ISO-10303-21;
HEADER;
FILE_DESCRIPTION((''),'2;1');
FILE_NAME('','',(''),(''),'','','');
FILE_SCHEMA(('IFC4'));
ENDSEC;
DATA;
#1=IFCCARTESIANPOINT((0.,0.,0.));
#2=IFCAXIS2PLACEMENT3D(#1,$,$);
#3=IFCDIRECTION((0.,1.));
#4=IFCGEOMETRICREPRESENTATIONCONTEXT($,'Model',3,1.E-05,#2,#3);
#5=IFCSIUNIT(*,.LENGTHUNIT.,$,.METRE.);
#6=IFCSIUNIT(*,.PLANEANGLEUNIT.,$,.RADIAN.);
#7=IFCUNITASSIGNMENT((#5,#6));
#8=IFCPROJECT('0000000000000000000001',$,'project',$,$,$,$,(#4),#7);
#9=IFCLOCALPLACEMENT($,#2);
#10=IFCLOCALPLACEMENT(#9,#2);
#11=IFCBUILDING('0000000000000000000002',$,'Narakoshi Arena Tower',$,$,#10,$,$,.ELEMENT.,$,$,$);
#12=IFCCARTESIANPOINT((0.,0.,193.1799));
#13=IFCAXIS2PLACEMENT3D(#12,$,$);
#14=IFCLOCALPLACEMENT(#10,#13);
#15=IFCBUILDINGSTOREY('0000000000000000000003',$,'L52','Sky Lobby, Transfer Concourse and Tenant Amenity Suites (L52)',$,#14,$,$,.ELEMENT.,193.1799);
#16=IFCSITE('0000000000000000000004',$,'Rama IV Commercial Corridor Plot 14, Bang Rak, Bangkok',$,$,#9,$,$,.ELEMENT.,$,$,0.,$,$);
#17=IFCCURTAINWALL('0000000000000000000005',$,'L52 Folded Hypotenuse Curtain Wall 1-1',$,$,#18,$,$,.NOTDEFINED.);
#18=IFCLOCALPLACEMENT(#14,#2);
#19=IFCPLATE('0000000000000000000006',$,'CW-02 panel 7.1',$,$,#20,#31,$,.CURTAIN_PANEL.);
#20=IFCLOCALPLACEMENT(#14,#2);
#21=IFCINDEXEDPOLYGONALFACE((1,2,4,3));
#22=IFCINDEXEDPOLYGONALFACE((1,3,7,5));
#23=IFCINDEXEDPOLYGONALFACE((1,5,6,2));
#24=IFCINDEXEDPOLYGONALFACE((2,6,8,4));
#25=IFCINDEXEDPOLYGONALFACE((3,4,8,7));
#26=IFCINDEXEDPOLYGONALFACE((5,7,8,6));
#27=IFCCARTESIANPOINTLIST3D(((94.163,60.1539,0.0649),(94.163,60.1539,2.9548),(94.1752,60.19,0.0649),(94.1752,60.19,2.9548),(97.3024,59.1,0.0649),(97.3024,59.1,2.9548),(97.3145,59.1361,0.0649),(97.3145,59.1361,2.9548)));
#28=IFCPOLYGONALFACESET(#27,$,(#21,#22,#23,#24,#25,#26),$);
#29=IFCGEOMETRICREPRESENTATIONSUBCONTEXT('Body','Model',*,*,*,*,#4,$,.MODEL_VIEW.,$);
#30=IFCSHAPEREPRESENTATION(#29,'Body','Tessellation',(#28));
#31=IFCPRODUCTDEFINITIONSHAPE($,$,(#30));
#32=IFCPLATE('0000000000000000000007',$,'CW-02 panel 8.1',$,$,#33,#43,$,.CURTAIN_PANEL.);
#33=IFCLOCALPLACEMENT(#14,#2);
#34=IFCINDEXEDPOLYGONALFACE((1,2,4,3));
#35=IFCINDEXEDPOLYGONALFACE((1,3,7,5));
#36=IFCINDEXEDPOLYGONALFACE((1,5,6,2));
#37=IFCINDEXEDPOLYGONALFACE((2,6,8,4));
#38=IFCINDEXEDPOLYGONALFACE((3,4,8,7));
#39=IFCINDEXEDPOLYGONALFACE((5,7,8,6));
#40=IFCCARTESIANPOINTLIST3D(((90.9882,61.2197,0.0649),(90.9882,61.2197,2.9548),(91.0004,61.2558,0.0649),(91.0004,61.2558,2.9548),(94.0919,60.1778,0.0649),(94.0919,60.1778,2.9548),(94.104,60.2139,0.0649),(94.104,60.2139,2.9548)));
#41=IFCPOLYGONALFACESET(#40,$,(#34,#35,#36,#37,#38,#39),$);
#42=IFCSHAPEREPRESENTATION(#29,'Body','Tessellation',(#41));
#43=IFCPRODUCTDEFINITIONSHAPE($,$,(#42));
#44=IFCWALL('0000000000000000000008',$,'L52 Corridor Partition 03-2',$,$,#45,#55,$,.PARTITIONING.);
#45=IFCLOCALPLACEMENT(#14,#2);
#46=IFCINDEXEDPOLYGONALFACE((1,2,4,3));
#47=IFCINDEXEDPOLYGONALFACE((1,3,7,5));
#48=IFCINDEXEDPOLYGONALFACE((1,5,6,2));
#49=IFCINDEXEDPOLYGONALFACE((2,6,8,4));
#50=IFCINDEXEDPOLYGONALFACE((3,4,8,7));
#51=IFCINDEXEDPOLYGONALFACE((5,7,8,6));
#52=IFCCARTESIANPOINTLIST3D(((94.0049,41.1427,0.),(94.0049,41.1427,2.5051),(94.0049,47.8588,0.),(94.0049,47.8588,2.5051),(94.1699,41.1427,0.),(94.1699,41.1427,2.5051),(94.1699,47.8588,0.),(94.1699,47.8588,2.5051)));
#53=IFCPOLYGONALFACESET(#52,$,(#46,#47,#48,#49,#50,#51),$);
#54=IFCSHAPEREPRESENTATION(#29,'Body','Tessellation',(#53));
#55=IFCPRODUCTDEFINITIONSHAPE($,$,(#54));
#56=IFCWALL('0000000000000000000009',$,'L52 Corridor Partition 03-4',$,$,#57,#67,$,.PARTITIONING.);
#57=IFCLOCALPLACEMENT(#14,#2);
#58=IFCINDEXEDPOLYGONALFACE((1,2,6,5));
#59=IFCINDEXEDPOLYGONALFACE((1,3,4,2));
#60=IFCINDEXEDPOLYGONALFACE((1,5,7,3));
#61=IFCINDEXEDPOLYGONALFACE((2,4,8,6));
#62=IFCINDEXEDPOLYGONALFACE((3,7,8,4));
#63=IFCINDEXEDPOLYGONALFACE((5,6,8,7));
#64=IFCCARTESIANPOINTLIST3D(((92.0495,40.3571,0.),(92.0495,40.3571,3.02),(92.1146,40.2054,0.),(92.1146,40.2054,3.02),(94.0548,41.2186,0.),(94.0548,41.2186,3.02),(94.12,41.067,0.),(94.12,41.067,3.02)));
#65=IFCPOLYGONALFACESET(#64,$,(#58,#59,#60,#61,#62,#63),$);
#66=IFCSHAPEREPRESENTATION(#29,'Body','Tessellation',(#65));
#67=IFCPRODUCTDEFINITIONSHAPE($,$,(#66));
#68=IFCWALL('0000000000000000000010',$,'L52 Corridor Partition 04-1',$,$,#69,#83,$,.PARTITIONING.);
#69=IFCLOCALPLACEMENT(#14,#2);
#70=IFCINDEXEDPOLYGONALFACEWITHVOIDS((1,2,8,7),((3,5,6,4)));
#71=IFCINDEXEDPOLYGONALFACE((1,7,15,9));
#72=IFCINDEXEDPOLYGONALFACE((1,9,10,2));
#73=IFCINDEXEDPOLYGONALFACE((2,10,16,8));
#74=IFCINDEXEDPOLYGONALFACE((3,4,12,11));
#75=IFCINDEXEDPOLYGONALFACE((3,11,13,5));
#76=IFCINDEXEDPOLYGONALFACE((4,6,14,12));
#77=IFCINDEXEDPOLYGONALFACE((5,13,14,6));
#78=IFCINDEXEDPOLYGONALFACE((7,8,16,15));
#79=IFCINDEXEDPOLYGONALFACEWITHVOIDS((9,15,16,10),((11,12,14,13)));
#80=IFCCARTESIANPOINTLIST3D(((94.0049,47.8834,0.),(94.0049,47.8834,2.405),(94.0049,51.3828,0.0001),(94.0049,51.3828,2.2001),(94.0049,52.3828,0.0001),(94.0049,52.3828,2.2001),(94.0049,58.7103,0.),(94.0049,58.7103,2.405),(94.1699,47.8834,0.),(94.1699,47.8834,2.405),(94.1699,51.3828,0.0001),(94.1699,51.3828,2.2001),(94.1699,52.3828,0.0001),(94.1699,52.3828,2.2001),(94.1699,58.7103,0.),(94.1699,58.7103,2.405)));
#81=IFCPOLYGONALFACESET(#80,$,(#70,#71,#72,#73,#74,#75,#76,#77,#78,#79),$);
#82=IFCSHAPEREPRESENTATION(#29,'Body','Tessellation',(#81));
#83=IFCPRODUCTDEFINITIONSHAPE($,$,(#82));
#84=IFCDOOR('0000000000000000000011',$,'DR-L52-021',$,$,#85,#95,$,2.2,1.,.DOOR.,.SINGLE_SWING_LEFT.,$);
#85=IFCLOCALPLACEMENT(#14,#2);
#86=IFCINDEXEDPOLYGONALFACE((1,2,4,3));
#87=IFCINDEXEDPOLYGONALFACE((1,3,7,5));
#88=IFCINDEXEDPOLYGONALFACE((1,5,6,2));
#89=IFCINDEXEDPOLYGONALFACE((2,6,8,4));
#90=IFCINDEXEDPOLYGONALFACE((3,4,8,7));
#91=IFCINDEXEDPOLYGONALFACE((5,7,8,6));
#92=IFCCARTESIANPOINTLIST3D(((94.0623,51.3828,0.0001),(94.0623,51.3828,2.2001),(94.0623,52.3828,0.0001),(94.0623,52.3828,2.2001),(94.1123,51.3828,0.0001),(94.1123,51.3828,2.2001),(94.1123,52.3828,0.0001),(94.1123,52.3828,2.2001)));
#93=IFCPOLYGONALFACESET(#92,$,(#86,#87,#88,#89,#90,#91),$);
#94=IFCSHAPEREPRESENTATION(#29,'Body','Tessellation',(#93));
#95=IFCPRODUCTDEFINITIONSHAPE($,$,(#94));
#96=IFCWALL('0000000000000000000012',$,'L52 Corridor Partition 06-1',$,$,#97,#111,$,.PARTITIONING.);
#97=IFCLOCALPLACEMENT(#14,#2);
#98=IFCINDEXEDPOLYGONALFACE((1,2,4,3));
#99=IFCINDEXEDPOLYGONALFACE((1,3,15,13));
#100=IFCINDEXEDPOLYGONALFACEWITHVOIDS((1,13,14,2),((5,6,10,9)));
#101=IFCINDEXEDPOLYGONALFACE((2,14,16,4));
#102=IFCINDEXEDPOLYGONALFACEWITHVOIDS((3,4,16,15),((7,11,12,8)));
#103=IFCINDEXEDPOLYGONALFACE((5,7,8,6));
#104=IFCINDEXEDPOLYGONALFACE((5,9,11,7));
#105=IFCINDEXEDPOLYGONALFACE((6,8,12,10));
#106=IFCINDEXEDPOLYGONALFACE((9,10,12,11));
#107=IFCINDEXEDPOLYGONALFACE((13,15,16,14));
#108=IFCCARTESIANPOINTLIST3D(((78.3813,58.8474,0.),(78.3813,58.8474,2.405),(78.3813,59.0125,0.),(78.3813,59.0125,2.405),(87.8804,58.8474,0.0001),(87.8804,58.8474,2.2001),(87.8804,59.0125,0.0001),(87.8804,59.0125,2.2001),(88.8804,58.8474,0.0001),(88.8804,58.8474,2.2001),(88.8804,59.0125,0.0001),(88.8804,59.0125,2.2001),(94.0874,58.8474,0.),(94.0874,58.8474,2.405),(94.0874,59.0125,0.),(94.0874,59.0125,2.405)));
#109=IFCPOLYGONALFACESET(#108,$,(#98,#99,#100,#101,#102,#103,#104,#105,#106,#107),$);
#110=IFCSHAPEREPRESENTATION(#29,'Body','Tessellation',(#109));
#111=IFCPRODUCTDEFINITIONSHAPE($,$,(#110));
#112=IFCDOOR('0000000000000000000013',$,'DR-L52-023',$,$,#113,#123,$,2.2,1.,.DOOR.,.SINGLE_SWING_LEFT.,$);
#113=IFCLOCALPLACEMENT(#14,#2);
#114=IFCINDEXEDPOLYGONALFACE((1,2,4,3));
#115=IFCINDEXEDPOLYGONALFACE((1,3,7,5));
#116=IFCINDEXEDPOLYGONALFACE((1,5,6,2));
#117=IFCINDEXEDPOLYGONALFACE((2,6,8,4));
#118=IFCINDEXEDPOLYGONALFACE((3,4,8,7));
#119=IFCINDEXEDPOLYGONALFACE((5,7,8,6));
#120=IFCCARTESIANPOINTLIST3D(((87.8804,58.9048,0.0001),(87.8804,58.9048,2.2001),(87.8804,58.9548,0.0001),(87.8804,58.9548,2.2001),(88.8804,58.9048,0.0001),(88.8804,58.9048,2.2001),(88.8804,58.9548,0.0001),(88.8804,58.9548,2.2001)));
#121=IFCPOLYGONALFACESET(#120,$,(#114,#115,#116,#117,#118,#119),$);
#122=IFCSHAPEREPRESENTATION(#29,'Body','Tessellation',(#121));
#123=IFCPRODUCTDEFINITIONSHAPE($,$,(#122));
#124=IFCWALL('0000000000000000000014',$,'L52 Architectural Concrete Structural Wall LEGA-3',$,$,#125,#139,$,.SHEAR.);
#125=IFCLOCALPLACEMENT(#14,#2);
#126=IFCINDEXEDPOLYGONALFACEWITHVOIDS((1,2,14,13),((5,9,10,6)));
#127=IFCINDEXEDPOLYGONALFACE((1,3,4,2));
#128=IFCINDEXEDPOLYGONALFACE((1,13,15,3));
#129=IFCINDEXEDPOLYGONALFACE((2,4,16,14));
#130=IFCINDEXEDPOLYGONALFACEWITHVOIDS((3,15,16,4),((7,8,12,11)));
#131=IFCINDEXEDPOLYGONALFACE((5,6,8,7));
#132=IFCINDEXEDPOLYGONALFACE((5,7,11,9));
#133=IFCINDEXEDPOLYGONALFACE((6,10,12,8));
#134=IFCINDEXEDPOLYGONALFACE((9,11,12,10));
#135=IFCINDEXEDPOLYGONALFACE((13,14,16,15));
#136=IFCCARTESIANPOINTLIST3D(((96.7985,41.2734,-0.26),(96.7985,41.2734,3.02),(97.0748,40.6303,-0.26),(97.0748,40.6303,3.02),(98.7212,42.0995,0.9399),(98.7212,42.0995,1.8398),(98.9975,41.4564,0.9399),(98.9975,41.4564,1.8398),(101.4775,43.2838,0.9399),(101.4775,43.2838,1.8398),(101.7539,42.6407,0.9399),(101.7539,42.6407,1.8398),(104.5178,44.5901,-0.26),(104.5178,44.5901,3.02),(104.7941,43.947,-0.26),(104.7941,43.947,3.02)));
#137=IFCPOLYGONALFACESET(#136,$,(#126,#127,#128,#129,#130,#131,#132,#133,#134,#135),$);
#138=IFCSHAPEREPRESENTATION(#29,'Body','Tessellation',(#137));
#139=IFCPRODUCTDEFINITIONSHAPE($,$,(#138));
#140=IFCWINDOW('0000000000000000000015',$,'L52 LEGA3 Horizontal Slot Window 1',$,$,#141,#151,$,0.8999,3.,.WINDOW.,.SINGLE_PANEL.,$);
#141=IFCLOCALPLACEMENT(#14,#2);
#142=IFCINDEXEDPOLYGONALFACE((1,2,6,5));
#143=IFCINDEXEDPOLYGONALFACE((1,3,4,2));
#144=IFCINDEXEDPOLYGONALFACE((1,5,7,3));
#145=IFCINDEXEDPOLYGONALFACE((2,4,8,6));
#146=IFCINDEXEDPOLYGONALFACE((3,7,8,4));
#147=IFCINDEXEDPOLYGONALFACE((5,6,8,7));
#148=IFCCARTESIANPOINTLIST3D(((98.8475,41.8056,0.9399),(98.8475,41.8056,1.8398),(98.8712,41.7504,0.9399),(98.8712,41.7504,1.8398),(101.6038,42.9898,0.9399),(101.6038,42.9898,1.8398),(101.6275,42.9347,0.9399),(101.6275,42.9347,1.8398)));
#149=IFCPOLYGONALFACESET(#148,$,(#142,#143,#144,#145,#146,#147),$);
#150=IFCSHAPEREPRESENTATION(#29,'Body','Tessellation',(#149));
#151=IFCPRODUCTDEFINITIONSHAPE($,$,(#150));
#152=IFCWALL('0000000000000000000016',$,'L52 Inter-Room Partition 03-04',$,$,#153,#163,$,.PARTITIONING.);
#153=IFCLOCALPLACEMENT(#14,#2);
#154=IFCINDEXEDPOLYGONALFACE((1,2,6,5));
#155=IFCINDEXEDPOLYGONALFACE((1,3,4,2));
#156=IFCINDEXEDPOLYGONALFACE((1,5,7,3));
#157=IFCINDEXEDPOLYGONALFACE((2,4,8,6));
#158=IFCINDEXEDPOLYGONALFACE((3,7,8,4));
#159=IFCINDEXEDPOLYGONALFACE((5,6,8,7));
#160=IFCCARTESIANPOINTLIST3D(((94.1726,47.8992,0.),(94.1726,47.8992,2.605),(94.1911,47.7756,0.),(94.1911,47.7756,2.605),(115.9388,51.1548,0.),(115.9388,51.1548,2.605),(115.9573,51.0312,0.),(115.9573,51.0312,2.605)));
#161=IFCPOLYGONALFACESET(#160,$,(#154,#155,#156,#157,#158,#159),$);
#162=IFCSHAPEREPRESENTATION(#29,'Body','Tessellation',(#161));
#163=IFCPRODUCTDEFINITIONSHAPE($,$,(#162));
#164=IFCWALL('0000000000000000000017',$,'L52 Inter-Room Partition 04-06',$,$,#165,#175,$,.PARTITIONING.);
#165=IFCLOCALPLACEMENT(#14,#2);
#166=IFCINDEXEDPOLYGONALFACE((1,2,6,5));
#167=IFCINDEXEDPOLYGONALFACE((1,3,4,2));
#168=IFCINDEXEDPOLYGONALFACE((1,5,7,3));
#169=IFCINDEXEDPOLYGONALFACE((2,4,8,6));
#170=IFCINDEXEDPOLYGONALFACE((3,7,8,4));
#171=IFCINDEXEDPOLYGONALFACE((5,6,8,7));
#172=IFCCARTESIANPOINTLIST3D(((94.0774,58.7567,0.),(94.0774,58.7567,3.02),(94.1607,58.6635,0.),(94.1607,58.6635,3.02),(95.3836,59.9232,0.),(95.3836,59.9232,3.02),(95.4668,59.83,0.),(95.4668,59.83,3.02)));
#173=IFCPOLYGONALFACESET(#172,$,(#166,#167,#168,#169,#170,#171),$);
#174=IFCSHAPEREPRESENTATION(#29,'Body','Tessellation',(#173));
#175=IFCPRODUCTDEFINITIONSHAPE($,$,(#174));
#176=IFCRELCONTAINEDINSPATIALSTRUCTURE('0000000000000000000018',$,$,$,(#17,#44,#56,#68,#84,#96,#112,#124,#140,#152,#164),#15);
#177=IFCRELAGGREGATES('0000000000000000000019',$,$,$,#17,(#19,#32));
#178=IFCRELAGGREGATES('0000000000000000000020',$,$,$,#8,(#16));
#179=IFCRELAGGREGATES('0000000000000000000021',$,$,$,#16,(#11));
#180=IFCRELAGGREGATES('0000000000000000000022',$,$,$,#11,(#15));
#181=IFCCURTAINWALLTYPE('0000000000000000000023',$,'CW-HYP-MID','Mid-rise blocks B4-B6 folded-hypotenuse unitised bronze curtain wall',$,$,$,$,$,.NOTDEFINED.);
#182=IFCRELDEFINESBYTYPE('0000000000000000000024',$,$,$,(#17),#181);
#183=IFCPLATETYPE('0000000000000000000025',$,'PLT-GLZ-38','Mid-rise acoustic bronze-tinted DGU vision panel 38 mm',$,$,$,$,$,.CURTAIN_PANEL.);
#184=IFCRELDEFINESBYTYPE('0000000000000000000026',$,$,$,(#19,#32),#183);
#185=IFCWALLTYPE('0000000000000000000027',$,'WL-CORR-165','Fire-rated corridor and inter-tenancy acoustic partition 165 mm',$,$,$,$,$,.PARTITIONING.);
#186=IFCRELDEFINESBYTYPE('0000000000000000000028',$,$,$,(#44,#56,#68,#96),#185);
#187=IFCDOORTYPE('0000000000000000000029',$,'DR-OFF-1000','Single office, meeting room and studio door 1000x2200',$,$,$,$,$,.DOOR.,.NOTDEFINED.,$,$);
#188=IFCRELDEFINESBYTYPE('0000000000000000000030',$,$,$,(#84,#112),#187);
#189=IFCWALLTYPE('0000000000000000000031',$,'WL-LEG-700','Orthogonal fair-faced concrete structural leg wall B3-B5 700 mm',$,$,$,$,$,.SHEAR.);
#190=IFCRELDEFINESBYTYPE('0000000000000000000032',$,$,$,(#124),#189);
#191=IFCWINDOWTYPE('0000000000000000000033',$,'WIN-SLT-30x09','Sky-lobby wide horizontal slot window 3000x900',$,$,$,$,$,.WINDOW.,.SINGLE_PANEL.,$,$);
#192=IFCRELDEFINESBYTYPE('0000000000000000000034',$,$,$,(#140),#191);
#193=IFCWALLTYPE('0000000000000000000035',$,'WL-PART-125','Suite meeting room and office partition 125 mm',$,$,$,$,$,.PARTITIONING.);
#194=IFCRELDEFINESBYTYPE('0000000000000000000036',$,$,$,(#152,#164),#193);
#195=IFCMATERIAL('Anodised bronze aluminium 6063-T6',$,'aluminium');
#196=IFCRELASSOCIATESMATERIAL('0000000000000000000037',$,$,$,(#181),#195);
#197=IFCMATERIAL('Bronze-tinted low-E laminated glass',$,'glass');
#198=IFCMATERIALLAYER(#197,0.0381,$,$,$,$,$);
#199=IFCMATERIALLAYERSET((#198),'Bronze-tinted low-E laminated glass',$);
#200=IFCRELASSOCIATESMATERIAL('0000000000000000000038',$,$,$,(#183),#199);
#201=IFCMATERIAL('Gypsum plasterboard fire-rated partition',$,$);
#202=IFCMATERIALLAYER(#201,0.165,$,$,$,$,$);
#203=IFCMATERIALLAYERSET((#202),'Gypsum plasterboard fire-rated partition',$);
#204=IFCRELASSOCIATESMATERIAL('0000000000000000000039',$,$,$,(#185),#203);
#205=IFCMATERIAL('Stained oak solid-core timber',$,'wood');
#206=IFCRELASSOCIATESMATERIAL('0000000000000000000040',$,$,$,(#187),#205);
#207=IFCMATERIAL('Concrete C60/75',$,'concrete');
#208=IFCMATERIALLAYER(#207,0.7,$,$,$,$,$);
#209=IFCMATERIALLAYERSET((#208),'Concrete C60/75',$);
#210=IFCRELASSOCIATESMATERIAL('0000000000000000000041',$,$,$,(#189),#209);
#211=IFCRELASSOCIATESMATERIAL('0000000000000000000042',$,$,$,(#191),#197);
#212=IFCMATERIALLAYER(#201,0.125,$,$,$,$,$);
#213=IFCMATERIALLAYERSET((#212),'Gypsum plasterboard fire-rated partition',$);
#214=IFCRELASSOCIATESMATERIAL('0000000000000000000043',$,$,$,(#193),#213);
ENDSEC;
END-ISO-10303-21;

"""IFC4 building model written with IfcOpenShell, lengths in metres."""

from ifc_helpers import new_model, si_unit, direction, frame, frame_2d, origin, origin_2d, place, context, subcontext, project, spatial, rectangle, extrude, material, layer, layer_set, type_object, element, fill, aggregate, save


model = new_model("IFC4")

# Units and contexts
model_context = context("Model", 3, precision=1e-05, world=origin(), true_north=direction((0.0, 1.0)))
body_context = subcontext(model_context, "Body", "Model", "MODEL_VIEW")
ifc_project = project(units=[si_unit("LENGTHUNIT", "METRE"), si_unit("PLANEANGLEUNIT", "RADIAN")], contexts=[model_context])

# Site, building, storey
site_placement = place(None, origin())
site = spatial("IfcSite", under=ifc_project, at=site_placement, Name="Rama IV Commercial Corridor Plot 14, Bang Rak, Bangkok", CompositionType="ELEMENT", RefElevation=0.0)
building_placement = place(site_placement, origin())
building = spatial("IfcBuilding", under=site, at=building_placement, Name="Narakoshi Arena Tower", CompositionType="ELEMENT")
storey_placement = place(building_placement, frame((0.0, 0.0, 193.1799)))
storey = spatial("IfcBuildingStorey", under=building, at=storey_placement, Name="L52", Description="Sky Lobby, Transfer Concourse and Tenant Amenity Suites (L52)", CompositionType="ELEMENT", Elevation=193.1799)

# Curtain wall, plates
ifc_material_1 = material(Name="Anodised bronze aluminium 6063-T6", Category="aluminium")
curtain_wall_type = type_object("IfcCurtainWallType", Name="CW-HYP-MID", Description="Mid-rise blocks B4-B6 folded-hypotenuse unitised bronze curtain wall", PredefinedType="NOTDEFINED", material=ifc_material_1)
curtain_wall_placement = place(storey_placement, origin())
curtain_wall = element("IfcCurtainWall", 1, at=curtain_wall_placement, inside=storey, type_object=curtain_wall_type, Name="L52 Folded Hypotenuse Curtain Wall 1-1", PredefinedType="NOTDEFINED")
ifc_material_2 = material(Name="Bronze-tinted low-E laminated glass", Category="glass")
ifc_layer_1 = layer(ifc_material_2, 0.0381)
ifc_layer_set_1 = layer_set([ifc_layer_1], Name="Bronze-tinted low-E laminated glass")
plate_type = type_object("IfcPlateType", Name="PLT-GLZ-38", Description="Mid-rise acoustic bronze-tinted DGU vision panel 38 mm", PredefinedType="CURTAIN_PANEL", material=ifc_layer_set_1)
plate_1_placement = place(storey_placement, frame((95.7388, 59.645, 0.0649), z_axis=(0.0, 0.0, 1.0), x_axis=(-0.948002, 0.318263, 0.0)))
plate_1 = element("IfcPlate", 2, at=plate_1_placement, type_object=plate_type, Name="CW-02 panel 7.1", PredefinedType="CURTAIN_PANEL", context=body_context, shape_type="SweptSolid", body=[
    extrude(rectangle(XDim=3.3115, YDim=0.0381, at=origin_2d()), origin(), (0.0, 0.0, 1.0), 2.8899),
])
plate_2_placement = place(storey_placement, frame((92.5461, 60.7168, 0.0649), z_axis=(0.0, 0.0, 1.0), x_axis=(-0.948002, 0.318263, 0.0)))
plate_2 = element("IfcPlate", 3, at=plate_2_placement, type_object=plate_type, Name="CW-02 panel 8.1", PredefinedType="CURTAIN_PANEL", context=body_context, shape_type="SweptSolid", body=[
    extrude(rectangle(XDim=3.2739, YDim=0.0381, at=origin_2d()), origin(), (0.0, 0.0, 1.0), 2.8899),
])
aggregate(curtain_wall, [plate_1, plate_2])

# Walls
ifc_material_3 = material(Name="Gypsum plasterboard fire-rated partition")
ifc_layer_2 = layer(ifc_material_3, 0.165)
ifc_layer_set_2 = layer_set([ifc_layer_2], Name="Gypsum plasterboard fire-rated partition")
wall_type_1 = type_object("IfcWallType", Name="WL-CORR-165", Description="Fire-rated corridor and inter-tenancy acoustic partition 165 mm", PredefinedType="PARTITIONING", material=ifc_layer_set_2)
wall_1_placement = place(storey_placement, frame((94.0874, 41.1428, 0.0), z_axis=(0.0, 0.0, 1.0), x_axis=(0.0, 1.0, 0.0)))
element("IfcWall", 4, at=wall_1_placement, inside=storey, type_object=wall_type_1, Name="L52 Corridor Partition 03-2", PredefinedType="PARTITIONING", context=body_context, shape_type="SweptSolid", body=[
    extrude(rectangle(XDim=6.7161, YDim=0.165, at=frame_2d((3.3579, 0.0))), origin(), (0.0, 0.0, 1.0), 2.5051),
])
wall_2_placement = place(storey_placement, frame((92.082, 40.2812, 0.0), z_axis=(0.0, 0.0, 1.0), x_axis=(0.918792, 0.394743, 0.0)))
element("IfcWall", 5, at=wall_2_placement, inside=storey, type_object=wall_type_1, Name="L52 Corridor Partition 03-4", PredefinedType="PARTITIONING", context=body_context, shape_type="SweptSolid", body=[
    extrude(rectangle(XDim=2.1826, YDim=0.165, at=frame_2d((1.0913, 0.0))), origin(), (0.0, 0.0, 1.0), 3.02),
])

# Walls, openings, doors
wall_3_placement = place(storey_placement, frame((94.0874, 47.8833, 0.0), z_axis=(0.0, 0.0, 1.0), x_axis=(0.0, 1.0, 0.0)))
wall_3 = element("IfcWall", 6, at=wall_3_placement, inside=storey, type_object=wall_type_1, Name="L52 Corridor Partition 04-1", PredefinedType="PARTITIONING", context=body_context, shape_type="SweptSolid", body=[
    extrude(rectangle(XDim=10.8269, YDim=0.165, at=frame_2d((5.4136, 0.0))), origin(), (0.0, 0.0, 1.0), 2.405),
])
opening_1_placement = place(wall_3_placement, frame((3.4995, 0.0, 0.0)))
opening_1 = element("IfcOpeningElement", 7, at=opening_1_placement, cuts=wall_3, PredefinedType="OPENING", context=body_context, shape_type="SweptSolid", body=[
    extrude(rectangle(XDim=1.0, YDim=2.2, at=frame_2d((0.5, 1.1001))), frame((0.0, 0.0925, 0.0), z_axis=(0.0, -1.0, 0.0), x_axis=(1.0, 0.0, 0.0)), (0.0, 0.0, 1.0), 0.1851),
])
ifc_material_4 = material(Name="Stained oak solid-core timber", Category="wood")
door_type = type_object("IfcDoorType", Name="DR-OFF-1000", Description="Single office, meeting room and studio door 1000x2200", OperationType="NOTDEFINED", PredefinedType="DOOR", material=ifc_material_4)
door_1_placement = place(opening_1_placement, frame((1.0, 0.0, 0.0), z_axis=(0.0, 0.0, 1.0), x_axis=(-1.0, 0.0, 0.0)))
door_1 = element("IfcDoor", 8, at=door_1_placement, inside=storey, type_object=door_type, Name="DR-L52-021", OperationType="SINGLE_SWING_LEFT", OverallHeight=2.2, OverallWidth=1.0, PredefinedType="DOOR", context=body_context, shape_type="SweptSolid", body=[
    extrude(rectangle(XDim=1.0, YDim=2.2, at=frame_2d((0.5, 1.1001))), frame((0.0, 0.0249, 0.0), z_axis=(0.0, -1.0, 0.0), x_axis=(1.0, 0.0, 0.0)), (0.0, 0.0, 1.0), 0.05),
])
fill(opening_1, door_1)
wall_4_placement = place(storey_placement, frame((94.0874, 58.9299, 0.0), z_axis=(0.0, 0.0, 1.0), x_axis=(-1.0, 0.0, 0.0)))
wall_4 = element("IfcWall", 9, at=wall_4_placement, inside=storey, type_object=wall_type_1, Name="L52 Corridor Partition 06-1", PredefinedType="PARTITIONING", context=body_context, shape_type="SweptSolid", body=[
    extrude(rectangle(XDim=15.7061, YDim=0.165, at=frame_2d((7.853, 0.0))), origin(), (0.0, 0.0, 1.0), 2.405),
])
opening_2_placement = place(wall_4_placement, frame((5.207, 0.0, 0.0)))
opening_2 = element("IfcOpeningElement", 10, at=opening_2_placement, cuts=wall_4, PredefinedType="OPENING", context=body_context, shape_type="SweptSolid", body=[
    extrude(rectangle(XDim=1.0, YDim=2.2, at=frame_2d((0.5, 1.1001))), frame((0.0, 0.0925, 0.0), z_axis=(0.0, -1.0, 0.0), x_axis=(1.0, 0.0, 0.0)), (0.0, 0.0, 1.0), 0.1851),
])
door_2_placement = place(opening_2_placement, frame((1.0, 0.0, 0.0), z_axis=(0.0, 0.0, 1.0), x_axis=(-1.0, 0.0, 0.0)))
door_2 = element("IfcDoor", 11, at=door_2_placement, inside=storey, type_object=door_type, Name="DR-L52-023", OperationType="SINGLE_SWING_LEFT", OverallHeight=2.2, OverallWidth=1.0, PredefinedType="DOOR", context=body_context, shape_type="SweptSolid", body=[
    extrude(rectangle(XDim=1.0, YDim=2.2, at=frame_2d((0.5, 1.1001))), frame((0.0, 0.0249, 0.0), z_axis=(0.0, -1.0, 0.0), x_axis=(1.0, 0.0, 0.0)), (0.0, 0.0, 1.0), 0.05),
])
fill(opening_2, door_2)

# Wall, opening, window
ifc_material_5 = material(Name="Concrete C60/75", Category="concrete")
ifc_layer_3 = layer(ifc_material_5, 0.7)
ifc_layer_set_3 = layer_set([ifc_layer_3], Name="Concrete C60/75")
wall_type_2 = type_object("IfcWallType", Name="WL-LEG-700", Description="Orthogonal fair-faced concrete structural leg wall B3-B5 700 mm", PredefinedType="SHEAR", material=ifc_layer_set_3)
wall_5_placement = place(storey_placement, frame((96.9368, 40.9519, -0.26), z_axis=(0.0, 0.0, 1.0), x_axis=(0.918782, 0.394764, 0.0)))
wall_5 = element("IfcWall", 12, at=wall_5_placement, inside=storey, type_object=wall_type_2, Name="L52 Architectural Concrete Structural Wall LEGA-3", PredefinedType="SHEAR", context=body_context, shape_type="SweptSolid", body=[
    extrude(rectangle(XDim=8.4016, YDim=0.7, at=frame_2d((4.2007, 0.0))), origin(), (0.0, 0.0, 1.0), 3.28),
])
opening_3_placement = place(wall_5_placement, frame((2.0925, 0.0, 1.2)))
opening_3 = element("IfcOpeningElement", 13, at=opening_3_placement, cuts=wall_5, PredefinedType="OPENING", context=body_context, shape_type="SweptSolid", body=[
    extrude(rectangle(XDim=3.0, YDim=0.8999, at=frame_2d((1.5, 0.45))), frame((0.0, 0.3599, 0.0), z_axis=(0.0, -1.0, 0.0), x_axis=(1.0, 0.0, 0.0)), (0.0, 0.0, 1.0), 0.72),
])
window_type = type_object("IfcWindowType", Name="WIN-SLT-30x09", Description="Sky-lobby wide horizontal slot window 3000x900", PartitioningType="SINGLE_PANEL", PredefinedType="WINDOW", material=ifc_material_2)
window_placement = place(opening_3_placement, origin())
window = element("IfcWindow", 14, at=window_placement, inside=storey, type_object=window_type, Name="L52 LEGA3 Horizontal Slot Window 1", OverallHeight=0.8999, OverallWidth=3.0, PartitioningType="SINGLE_PANEL", PredefinedType="WINDOW", context=body_context, shape_type="SweptSolid", body=[
    extrude(rectangle(XDim=3.0, YDim=0.8999, at=frame_2d((1.5, 0.45))), frame((0.0, 0.03, 0.0), z_axis=(0.0, -1.0, 0.0), x_axis=(1.0, 0.0, 0.0)), (0.0, 0.0, 1.0), 0.0601),
])
fill(opening_3, window)

# Walls
ifc_layer_4 = layer(ifc_material_3, 0.125)
ifc_layer_set_4 = layer_set([ifc_layer_4], Name="Gypsum plasterboard fire-rated partition")
wall_type_3 = type_object("IfcWallType", Name="WL-PART-125", Description="Suite meeting room and office partition 125 mm", PredefinedType="PARTITIONING", material=ifc_layer_set_4)
wall_6_placement = place(storey_placement, frame((94.1819, 47.8374, 0.0), z_axis=(0.0, 0.0, 1.0), x_axis=(0.988998, 0.147927, 0.0)))
element("IfcWall", 15, at=wall_6_placement, inside=storey, type_object=wall_type_3, Name="L52 Inter-Room Partition 03-04", PredefinedType="PARTITIONING", context=body_context, shape_type="SweptSolid", body=[
    extrude(rectangle(XDim=22.0083, YDim=0.125, at=frame_2d((11.0042, 0.0))), origin(), (0.0, 0.0, 1.0), 2.605),
])
wall_7_placement = place(storey_placement, frame((94.1191, 58.7102, 0.0), z_axis=(0.0, 0.0, 1.0), x_axis=(0.745854, 0.66611, 0.0)))
element("IfcWall", 16, at=wall_7_placement, inside=storey, type_object=wall_type_3, Name="L52 Inter-Room Partition 04-06", PredefinedType="PARTITIONING", context=body_context, shape_type="SweptSolid", body=[
    extrude(rectangle(XDim=1.7512, YDim=0.125, at=frame_2d((0.8755, 0.0))), origin(), (0.0, 0.0, 1.0), 3.02),
])

save(model, "model.ifc")
